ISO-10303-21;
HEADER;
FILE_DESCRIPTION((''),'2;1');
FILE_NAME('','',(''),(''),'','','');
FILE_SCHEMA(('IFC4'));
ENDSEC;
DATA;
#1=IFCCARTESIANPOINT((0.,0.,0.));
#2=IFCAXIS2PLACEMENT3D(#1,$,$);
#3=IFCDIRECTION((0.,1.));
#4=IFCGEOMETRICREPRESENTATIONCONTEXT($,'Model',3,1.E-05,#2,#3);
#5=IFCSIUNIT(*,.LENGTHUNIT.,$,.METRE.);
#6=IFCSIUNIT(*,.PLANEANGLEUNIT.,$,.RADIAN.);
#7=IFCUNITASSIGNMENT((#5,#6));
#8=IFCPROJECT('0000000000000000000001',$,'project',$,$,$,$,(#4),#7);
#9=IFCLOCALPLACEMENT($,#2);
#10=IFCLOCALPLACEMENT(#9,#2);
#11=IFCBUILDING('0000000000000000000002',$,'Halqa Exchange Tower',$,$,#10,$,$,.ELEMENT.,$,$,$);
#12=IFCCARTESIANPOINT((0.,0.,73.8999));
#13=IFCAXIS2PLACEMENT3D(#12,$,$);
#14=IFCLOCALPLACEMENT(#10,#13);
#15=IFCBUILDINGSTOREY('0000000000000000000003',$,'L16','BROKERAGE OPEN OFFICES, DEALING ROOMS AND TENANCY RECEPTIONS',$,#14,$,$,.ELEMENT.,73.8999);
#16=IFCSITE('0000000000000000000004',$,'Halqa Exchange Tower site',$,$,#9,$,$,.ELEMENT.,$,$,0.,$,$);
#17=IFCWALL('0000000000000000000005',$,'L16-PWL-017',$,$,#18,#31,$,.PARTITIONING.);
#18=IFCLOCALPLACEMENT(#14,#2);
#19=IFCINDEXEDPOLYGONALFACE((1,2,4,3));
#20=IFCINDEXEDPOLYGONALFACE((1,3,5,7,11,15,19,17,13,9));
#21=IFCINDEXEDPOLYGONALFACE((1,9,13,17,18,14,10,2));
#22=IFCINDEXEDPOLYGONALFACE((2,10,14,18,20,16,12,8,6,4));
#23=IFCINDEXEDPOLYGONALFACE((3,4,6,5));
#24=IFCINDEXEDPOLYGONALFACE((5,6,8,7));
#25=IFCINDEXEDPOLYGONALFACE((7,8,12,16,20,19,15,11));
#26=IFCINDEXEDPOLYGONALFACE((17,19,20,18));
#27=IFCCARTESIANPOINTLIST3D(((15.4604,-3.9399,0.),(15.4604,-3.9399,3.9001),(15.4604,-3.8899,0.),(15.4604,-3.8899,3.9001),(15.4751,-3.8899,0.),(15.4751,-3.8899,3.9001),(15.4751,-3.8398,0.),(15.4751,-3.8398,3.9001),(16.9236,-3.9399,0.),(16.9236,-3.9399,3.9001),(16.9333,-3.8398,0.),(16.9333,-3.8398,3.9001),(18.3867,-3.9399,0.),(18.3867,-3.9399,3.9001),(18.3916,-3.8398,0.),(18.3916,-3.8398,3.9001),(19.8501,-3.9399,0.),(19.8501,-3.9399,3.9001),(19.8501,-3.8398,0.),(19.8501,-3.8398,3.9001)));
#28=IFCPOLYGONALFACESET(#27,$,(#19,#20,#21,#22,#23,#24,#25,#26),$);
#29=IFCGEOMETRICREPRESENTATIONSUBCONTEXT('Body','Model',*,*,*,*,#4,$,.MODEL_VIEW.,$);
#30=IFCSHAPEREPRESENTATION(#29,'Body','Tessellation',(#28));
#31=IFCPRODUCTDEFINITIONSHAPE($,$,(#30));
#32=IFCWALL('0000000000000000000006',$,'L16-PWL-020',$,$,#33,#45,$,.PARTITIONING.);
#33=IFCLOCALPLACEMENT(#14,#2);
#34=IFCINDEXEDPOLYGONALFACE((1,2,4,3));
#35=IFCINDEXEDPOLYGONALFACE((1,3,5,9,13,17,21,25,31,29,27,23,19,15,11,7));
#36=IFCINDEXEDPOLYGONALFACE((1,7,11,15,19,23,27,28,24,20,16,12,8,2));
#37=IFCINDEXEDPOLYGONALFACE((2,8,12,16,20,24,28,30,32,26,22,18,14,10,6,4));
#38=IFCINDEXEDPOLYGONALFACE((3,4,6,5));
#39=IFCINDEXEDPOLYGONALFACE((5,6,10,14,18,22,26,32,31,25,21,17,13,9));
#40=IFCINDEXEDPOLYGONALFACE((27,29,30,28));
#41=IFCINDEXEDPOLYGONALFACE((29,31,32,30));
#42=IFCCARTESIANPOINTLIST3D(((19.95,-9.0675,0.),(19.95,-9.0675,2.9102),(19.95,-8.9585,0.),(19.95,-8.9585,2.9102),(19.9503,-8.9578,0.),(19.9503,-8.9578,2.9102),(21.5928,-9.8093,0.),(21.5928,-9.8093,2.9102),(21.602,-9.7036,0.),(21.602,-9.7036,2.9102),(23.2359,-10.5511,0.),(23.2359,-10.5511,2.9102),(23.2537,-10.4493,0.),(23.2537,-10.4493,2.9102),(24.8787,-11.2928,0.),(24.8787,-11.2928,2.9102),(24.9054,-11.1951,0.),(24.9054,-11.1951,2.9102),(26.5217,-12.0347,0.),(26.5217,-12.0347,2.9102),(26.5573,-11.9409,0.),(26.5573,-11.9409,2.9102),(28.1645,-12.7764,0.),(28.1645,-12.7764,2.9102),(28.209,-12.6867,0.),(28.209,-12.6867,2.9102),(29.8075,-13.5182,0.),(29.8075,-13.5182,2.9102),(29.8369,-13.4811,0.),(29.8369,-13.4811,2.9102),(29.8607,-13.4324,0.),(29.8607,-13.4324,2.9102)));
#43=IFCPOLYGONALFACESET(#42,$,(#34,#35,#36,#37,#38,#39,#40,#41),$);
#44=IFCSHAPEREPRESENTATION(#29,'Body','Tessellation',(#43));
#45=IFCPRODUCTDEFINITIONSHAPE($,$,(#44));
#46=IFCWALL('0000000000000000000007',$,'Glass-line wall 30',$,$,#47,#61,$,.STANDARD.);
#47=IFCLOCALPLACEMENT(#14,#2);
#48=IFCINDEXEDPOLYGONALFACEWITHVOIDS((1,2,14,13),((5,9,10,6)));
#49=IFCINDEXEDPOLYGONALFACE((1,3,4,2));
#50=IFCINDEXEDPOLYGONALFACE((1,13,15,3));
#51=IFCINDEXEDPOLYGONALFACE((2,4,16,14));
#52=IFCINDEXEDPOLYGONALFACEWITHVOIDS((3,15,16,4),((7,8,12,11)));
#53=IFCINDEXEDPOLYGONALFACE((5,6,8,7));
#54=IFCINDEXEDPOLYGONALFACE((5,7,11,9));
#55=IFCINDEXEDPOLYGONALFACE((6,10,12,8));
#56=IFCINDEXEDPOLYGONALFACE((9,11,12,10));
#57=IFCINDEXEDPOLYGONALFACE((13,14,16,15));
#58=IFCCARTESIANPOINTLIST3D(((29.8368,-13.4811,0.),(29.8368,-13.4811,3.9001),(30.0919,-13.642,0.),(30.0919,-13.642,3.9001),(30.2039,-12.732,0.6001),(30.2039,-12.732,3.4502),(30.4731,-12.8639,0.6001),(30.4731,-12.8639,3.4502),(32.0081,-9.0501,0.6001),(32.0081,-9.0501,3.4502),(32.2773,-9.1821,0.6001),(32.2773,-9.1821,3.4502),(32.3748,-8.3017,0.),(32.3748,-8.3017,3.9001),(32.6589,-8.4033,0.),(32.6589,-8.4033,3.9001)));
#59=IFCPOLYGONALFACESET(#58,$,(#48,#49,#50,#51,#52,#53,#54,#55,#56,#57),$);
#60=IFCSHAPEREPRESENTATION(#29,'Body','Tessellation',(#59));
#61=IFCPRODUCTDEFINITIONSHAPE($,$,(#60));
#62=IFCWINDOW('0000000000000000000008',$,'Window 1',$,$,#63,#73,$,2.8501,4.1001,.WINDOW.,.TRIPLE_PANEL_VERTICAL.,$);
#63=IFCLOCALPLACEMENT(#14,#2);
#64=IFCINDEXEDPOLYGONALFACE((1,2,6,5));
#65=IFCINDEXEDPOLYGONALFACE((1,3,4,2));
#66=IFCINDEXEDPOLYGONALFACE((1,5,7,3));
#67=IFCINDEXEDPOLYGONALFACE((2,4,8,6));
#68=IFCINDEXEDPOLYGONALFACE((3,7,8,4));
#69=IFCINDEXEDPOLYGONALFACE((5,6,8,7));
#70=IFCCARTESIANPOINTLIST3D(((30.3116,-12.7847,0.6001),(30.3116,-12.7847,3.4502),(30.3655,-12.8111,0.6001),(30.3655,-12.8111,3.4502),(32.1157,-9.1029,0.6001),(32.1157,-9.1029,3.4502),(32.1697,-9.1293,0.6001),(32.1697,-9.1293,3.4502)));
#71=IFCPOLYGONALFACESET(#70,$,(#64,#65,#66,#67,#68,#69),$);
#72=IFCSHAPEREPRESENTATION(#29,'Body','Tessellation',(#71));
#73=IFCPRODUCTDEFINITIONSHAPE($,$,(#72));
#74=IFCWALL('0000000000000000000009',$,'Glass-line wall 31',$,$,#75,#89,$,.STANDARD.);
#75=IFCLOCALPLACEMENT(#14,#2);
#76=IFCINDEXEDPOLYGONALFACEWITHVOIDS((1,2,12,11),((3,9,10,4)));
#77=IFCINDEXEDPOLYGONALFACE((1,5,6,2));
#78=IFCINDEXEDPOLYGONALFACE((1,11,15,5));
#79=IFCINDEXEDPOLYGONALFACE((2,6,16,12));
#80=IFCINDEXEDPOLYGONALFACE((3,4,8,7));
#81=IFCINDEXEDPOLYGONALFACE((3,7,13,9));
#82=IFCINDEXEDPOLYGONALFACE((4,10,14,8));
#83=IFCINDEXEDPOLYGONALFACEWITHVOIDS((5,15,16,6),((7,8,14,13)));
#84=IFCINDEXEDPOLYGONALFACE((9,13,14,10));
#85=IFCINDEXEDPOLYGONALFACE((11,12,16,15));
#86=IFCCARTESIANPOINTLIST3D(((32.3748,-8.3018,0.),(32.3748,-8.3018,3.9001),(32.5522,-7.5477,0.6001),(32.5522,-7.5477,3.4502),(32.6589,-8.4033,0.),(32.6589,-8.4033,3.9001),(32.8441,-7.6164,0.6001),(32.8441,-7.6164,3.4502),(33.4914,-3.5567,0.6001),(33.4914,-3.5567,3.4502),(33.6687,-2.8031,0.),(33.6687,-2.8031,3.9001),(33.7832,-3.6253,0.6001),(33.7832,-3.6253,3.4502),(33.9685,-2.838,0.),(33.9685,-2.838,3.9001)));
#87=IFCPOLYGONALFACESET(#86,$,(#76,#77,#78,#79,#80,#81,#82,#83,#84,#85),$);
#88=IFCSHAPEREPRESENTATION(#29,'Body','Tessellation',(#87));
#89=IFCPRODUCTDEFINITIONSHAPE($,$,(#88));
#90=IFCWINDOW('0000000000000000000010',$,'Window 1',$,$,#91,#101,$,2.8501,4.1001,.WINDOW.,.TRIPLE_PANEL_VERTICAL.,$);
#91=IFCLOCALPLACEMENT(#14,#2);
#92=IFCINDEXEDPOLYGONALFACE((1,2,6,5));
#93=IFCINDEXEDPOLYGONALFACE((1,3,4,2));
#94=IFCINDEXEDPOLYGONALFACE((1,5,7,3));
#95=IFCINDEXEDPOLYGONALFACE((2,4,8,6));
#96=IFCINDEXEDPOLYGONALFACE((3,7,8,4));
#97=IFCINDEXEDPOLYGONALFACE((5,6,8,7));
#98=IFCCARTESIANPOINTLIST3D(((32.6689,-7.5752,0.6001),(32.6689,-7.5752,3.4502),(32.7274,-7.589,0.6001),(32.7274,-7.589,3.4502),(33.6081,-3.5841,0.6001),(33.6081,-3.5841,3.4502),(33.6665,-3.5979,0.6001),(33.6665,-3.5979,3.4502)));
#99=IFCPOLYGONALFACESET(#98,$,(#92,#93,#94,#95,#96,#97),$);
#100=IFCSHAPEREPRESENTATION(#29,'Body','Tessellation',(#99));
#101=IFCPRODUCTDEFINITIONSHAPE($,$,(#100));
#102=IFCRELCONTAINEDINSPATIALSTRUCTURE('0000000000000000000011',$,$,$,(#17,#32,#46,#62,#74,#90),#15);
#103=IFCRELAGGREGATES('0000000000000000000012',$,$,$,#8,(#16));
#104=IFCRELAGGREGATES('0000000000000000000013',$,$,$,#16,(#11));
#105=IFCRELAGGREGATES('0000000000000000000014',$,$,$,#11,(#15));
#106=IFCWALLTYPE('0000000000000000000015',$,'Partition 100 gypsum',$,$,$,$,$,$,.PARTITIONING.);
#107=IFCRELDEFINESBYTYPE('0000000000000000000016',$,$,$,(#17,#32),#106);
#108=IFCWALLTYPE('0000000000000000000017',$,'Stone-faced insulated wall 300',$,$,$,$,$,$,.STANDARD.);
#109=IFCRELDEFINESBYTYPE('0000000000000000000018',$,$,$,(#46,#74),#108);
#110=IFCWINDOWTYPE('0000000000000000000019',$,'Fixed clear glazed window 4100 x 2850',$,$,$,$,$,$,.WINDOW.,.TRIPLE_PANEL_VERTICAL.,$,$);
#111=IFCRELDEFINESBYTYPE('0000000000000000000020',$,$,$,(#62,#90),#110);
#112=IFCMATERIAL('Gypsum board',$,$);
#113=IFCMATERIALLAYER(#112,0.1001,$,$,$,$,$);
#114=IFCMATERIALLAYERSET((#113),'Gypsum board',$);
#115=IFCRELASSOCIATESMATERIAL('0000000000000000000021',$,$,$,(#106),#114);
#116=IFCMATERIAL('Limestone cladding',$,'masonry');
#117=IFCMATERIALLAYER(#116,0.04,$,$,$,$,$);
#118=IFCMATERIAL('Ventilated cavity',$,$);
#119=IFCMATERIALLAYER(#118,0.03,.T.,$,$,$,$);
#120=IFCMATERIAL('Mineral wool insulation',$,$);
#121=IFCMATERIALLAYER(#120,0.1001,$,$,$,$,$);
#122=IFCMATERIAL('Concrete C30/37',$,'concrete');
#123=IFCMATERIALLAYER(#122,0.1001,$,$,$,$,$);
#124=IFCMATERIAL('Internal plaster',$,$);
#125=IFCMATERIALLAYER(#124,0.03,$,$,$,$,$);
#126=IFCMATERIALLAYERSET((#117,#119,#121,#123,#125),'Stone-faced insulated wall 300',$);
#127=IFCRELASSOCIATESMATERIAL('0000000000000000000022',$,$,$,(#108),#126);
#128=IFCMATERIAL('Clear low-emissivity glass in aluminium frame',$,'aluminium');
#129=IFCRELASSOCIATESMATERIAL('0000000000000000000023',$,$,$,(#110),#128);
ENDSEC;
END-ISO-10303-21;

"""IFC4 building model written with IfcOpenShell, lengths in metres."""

from ifc_helpers import new_model, si_unit, direction, frame, frame_2d, origin, place, context, subcontext, project, spatial, polyline, rectangle, outline, extrude, material, layer, layer_set, type_object, element, fill, save


model = new_model("IFC4")

# Units and contexts
model_context = context("Model", 3, precision=1e-05, world=origin(), true_north=direction((0.0, 1.0)))
body_context = subcontext(model_context, "Body", "Model", "MODEL_VIEW")
ifc_project = project(units=[si_unit("LENGTHUNIT", "METRE"), si_unit("PLANEANGLEUNIT", "RADIAN")], contexts=[model_context])

# Site, building, storey
site_placement = place(None, origin())
site = spatial("IfcSite", under=ifc_project, at=site_placement, Name="Halqa Exchange Tower site", CompositionType="ELEMENT", RefElevation=0.0)
building_placement = place(site_placement, origin())
building = spatial("IfcBuilding", under=site, at=building_placement, Name="Halqa Exchange Tower", CompositionType="ELEMENT")
storey_placement = place(building_placement, frame((0.0, 0.0, 73.8999)))
storey = spatial("IfcBuildingStorey", under=building, at=storey_placement, Name="L16", Description="BROKERAGE OPEN OFFICES, DEALING ROOMS AND TENANCY RECEPTIONS", CompositionType="ELEMENT", Elevation=73.8999)

# Walls
ifc_material_1 = material(Name="Gypsum board")
ifc_layer_1 = layer(ifc_material_1, 0.1001)
ifc_layer_set_1 = layer_set([ifc_layer_1], Name="Gypsum board")
wall_type_1 = type_object("IfcWallType", Name="Partition 100 gypsum", PredefinedType="PARTITIONING", material=ifc_layer_set_1)
wall_1_placement = place(storey_placement, frame((15.4604, -3.8899, 0.0), z_axis=(0.0, 0.0, 1.0), x_axis=(1.0, 0.0, 0.0)))
element("IfcWall", 1, at=wall_1_placement, inside=storey, type_object=wall_type_1, Name="L16-PWL-017", PredefinedType="PARTITIONING", context=body_context, shape_type="SweptSolid", body=[
    extrude(outline(polyline([(0.0, -0.05), (1.4631, -0.05), (2.9263, -0.05), (4.3896, -0.05), (4.3896, 0.05), (2.9312, 0.05), (1.4729, 0.05), (0.0146, 0.05), (0.0146, 0.0), (0.0, 0.0), (0.0, -0.05)])), origin(), (0.0, 0.0, 1.0), 3.9001),
])
wall_2_placement = place(storey_placement, frame((19.9297, -9.0034, 0.0), z_axis=(0.0, 0.0, 1.0), x_axis=(0.911407, -0.411506, 0.0)))
element("IfcWall", 2, at=wall_2_placement, inside=storey, type_object=wall_type_1, Name="L16-PWL-020", PredefinedType="PARTITIONING", context=body_context, shape_type="SweptSolid", body=[
    extrude(outline(polyline([(0.0449, -0.05), (1.8474, -0.05), (3.6501, -0.05), (5.4526, -0.05), (7.2554, -0.05), (9.0579, -0.05), (10.8606, -0.05), (10.8721, -0.0042), (10.8738, 0.05), (9.0615, 0.05), (7.2493, 0.05), (5.4368, 0.05), (3.6245, 0.05), (1.8123, 0.05), (0.0, 0.05), (0.0, 0.0493), (0.0449, -0.05)])), origin(), (0.0, 0.0, 1.0), 2.9102),
])

# Walls, openings, windows
ifc_material_2 = material(Name="Limestone cladding", Category="masonry")
ifc_layer_2 = layer(ifc_material_2, 0.04)
ifc_material_3 = material(Name="Ventilated cavity")
ifc_layer_3 = layer(ifc_material_3, 0.03, ventilated=True)
ifc_material_4 = material(Name="Mineral wool insulation")
ifc_layer_4 = layer(ifc_material_4, 0.1001)
ifc_material_5 = material(Name="Concrete C30/37", Category="concrete")
ifc_layer_5 = layer(ifc_material_5, 0.1001)
ifc_material_6 = material(Name="Internal plaster")
ifc_layer_6 = layer(ifc_material_6, 0.03)
ifc_layer_set_2 = layer_set([ifc_layer_2, ifc_layer_3, ifc_layer_4, ifc_layer_5, ifc_layer_6], Name="Stone-faced insulated wall 300")
wall_type_2 = type_object("IfcWallType", Name="Stone-faced insulated wall 300", PredefinedType="STANDARD", material=ifc_layer_set_2)
wall_3_placement = place(storey_placement, frame((29.9644, -13.5615, 0.0), z_axis=(0.0, 0.0, 1.0), x_axis=(0.440027, 0.897984, 0.0)))
wall_3 = element("IfcWall", 3, at=wall_3_placement, inside=storey, type_object=wall_type_2, Name="Glass-line wall 30", PredefinedType="STANDARD", context=body_context, shape_type="SweptSolid", body=[
    extrude(outline(polyline([(-0.0161, -0.1499), (5.8176, -0.1499), (5.7839, 0.1499), (0.0161, 0.1499), (-0.0161, -0.1499)])), origin(), (0.0, 0.0, 1.0), 3.9001),
])
opening_1_placement = place(wall_3_placement, frame((0.8503, 0.0, 0.6001)))
opening_1 = element("IfcOpeningElement", 4, at=opening_1_placement, cuts=wall_3, PredefinedType="OPENING", context=body_context, shape_type="SweptSolid", body=[
    extrude(rectangle(XDim=4.1001, YDim=2.8501, at=frame_2d((2.05, 1.425))), frame((0.0, 0.1621, 0.0), z_axis=(0.0, -1.0, 0.0), x_axis=(1.0, 0.0, 0.0)), (0.0, 0.0, 1.0), 0.324),
])
ifc_material_7 = material(Name="Clear low-emissivity glass in aluminium frame", Category="aluminium")
window_type = type_object("IfcWindowType", Name="Fixed clear glazed window 4100 x 2850", PartitioningType="TRIPLE_PANEL_VERTICAL", PredefinedType="WINDOW", material=ifc_material_7)
window_1_placement = place(opening_1_placement, origin())
window_1 = element("IfcWindow", 5, at=window_1_placement, inside=storey, type_object=window_type, Name="Window 1", OverallHeight=2.8501, OverallWidth=4.1001, PartitioningType="TRIPLE_PANEL_VERTICAL", PredefinedType="WINDOW", context=body_context, shape_type="SweptSolid", body=[
    extrude(rectangle(XDim=4.1001, YDim=2.8501, at=frame_2d((2.05, 1.425))), frame((0.0, 0.03, 0.0), z_axis=(0.0, -1.0, 0.0), x_axis=(1.0, 0.0, 0.0)), (0.0, 0.0, 1.0), 0.0601),
])
fill(opening_1, window_1)
wall_4_placement = place(storey_placement, frame((32.5168, -8.3525, 0.0), z_axis=(0.0, 0.0, 1.0), x_axis=(0.229058, 0.973413, 0.0)))
wall_4 = element("IfcWall", 6, at=wall_4_placement, inside=storey, type_object=wall_type_2, Name="Glass-line wall 31", PredefinedType="STANDARD", context=body_context, shape_type="SweptSolid", body=[
    extrude(outline(polyline([(-0.0168, -0.1499), (5.7004, -0.1499), (5.6658, 0.1499), (0.0168, 0.1499), (-0.0168, -0.1499)])), origin(), (0.0, 0.0, 1.0), 3.9001),
])
opening_2_placement = place(wall_4_placement, frame((0.7915, 0.0, 0.6001)))
opening_2 = element("IfcOpeningElement", 7, at=opening_2_placement, cuts=wall_4, PredefinedType="OPENING", context=body_context, shape_type="SweptSolid", body=[
    extrude(rectangle(XDim=4.1001, YDim=2.8501, at=frame_2d((2.05, 1.425))), frame((0.0, 0.1621, 0.0), z_axis=(0.0, -1.0, 0.0), x_axis=(1.0, 0.0, 0.0)), (0.0, 0.0, 1.0), 0.324),
])
window_2_placement = place(opening_2_placement, origin())
window_2 = element("IfcWindow", 8, at=window_2_placement, inside=storey, type_object=window_type, Name="Window 1", OverallHeight=2.8501, OverallWidth=4.1001, PartitioningType="TRIPLE_PANEL_VERTICAL", PredefinedType="WINDOW", context=body_context, shape_type="SweptSolid", body=[
    extrude(rectangle(XDim=4.1001, YDim=2.8501, at=frame_2d((2.05, 1.425))), frame((0.0, 0.03, 0.0), z_axis=(0.0, -1.0, 0.0), x_axis=(1.0, 0.0, 0.0)), (0.0, 0.0, 1.0), 0.0601),
])
fill(opening_2, window_2)

save(model, "model.ifc")
